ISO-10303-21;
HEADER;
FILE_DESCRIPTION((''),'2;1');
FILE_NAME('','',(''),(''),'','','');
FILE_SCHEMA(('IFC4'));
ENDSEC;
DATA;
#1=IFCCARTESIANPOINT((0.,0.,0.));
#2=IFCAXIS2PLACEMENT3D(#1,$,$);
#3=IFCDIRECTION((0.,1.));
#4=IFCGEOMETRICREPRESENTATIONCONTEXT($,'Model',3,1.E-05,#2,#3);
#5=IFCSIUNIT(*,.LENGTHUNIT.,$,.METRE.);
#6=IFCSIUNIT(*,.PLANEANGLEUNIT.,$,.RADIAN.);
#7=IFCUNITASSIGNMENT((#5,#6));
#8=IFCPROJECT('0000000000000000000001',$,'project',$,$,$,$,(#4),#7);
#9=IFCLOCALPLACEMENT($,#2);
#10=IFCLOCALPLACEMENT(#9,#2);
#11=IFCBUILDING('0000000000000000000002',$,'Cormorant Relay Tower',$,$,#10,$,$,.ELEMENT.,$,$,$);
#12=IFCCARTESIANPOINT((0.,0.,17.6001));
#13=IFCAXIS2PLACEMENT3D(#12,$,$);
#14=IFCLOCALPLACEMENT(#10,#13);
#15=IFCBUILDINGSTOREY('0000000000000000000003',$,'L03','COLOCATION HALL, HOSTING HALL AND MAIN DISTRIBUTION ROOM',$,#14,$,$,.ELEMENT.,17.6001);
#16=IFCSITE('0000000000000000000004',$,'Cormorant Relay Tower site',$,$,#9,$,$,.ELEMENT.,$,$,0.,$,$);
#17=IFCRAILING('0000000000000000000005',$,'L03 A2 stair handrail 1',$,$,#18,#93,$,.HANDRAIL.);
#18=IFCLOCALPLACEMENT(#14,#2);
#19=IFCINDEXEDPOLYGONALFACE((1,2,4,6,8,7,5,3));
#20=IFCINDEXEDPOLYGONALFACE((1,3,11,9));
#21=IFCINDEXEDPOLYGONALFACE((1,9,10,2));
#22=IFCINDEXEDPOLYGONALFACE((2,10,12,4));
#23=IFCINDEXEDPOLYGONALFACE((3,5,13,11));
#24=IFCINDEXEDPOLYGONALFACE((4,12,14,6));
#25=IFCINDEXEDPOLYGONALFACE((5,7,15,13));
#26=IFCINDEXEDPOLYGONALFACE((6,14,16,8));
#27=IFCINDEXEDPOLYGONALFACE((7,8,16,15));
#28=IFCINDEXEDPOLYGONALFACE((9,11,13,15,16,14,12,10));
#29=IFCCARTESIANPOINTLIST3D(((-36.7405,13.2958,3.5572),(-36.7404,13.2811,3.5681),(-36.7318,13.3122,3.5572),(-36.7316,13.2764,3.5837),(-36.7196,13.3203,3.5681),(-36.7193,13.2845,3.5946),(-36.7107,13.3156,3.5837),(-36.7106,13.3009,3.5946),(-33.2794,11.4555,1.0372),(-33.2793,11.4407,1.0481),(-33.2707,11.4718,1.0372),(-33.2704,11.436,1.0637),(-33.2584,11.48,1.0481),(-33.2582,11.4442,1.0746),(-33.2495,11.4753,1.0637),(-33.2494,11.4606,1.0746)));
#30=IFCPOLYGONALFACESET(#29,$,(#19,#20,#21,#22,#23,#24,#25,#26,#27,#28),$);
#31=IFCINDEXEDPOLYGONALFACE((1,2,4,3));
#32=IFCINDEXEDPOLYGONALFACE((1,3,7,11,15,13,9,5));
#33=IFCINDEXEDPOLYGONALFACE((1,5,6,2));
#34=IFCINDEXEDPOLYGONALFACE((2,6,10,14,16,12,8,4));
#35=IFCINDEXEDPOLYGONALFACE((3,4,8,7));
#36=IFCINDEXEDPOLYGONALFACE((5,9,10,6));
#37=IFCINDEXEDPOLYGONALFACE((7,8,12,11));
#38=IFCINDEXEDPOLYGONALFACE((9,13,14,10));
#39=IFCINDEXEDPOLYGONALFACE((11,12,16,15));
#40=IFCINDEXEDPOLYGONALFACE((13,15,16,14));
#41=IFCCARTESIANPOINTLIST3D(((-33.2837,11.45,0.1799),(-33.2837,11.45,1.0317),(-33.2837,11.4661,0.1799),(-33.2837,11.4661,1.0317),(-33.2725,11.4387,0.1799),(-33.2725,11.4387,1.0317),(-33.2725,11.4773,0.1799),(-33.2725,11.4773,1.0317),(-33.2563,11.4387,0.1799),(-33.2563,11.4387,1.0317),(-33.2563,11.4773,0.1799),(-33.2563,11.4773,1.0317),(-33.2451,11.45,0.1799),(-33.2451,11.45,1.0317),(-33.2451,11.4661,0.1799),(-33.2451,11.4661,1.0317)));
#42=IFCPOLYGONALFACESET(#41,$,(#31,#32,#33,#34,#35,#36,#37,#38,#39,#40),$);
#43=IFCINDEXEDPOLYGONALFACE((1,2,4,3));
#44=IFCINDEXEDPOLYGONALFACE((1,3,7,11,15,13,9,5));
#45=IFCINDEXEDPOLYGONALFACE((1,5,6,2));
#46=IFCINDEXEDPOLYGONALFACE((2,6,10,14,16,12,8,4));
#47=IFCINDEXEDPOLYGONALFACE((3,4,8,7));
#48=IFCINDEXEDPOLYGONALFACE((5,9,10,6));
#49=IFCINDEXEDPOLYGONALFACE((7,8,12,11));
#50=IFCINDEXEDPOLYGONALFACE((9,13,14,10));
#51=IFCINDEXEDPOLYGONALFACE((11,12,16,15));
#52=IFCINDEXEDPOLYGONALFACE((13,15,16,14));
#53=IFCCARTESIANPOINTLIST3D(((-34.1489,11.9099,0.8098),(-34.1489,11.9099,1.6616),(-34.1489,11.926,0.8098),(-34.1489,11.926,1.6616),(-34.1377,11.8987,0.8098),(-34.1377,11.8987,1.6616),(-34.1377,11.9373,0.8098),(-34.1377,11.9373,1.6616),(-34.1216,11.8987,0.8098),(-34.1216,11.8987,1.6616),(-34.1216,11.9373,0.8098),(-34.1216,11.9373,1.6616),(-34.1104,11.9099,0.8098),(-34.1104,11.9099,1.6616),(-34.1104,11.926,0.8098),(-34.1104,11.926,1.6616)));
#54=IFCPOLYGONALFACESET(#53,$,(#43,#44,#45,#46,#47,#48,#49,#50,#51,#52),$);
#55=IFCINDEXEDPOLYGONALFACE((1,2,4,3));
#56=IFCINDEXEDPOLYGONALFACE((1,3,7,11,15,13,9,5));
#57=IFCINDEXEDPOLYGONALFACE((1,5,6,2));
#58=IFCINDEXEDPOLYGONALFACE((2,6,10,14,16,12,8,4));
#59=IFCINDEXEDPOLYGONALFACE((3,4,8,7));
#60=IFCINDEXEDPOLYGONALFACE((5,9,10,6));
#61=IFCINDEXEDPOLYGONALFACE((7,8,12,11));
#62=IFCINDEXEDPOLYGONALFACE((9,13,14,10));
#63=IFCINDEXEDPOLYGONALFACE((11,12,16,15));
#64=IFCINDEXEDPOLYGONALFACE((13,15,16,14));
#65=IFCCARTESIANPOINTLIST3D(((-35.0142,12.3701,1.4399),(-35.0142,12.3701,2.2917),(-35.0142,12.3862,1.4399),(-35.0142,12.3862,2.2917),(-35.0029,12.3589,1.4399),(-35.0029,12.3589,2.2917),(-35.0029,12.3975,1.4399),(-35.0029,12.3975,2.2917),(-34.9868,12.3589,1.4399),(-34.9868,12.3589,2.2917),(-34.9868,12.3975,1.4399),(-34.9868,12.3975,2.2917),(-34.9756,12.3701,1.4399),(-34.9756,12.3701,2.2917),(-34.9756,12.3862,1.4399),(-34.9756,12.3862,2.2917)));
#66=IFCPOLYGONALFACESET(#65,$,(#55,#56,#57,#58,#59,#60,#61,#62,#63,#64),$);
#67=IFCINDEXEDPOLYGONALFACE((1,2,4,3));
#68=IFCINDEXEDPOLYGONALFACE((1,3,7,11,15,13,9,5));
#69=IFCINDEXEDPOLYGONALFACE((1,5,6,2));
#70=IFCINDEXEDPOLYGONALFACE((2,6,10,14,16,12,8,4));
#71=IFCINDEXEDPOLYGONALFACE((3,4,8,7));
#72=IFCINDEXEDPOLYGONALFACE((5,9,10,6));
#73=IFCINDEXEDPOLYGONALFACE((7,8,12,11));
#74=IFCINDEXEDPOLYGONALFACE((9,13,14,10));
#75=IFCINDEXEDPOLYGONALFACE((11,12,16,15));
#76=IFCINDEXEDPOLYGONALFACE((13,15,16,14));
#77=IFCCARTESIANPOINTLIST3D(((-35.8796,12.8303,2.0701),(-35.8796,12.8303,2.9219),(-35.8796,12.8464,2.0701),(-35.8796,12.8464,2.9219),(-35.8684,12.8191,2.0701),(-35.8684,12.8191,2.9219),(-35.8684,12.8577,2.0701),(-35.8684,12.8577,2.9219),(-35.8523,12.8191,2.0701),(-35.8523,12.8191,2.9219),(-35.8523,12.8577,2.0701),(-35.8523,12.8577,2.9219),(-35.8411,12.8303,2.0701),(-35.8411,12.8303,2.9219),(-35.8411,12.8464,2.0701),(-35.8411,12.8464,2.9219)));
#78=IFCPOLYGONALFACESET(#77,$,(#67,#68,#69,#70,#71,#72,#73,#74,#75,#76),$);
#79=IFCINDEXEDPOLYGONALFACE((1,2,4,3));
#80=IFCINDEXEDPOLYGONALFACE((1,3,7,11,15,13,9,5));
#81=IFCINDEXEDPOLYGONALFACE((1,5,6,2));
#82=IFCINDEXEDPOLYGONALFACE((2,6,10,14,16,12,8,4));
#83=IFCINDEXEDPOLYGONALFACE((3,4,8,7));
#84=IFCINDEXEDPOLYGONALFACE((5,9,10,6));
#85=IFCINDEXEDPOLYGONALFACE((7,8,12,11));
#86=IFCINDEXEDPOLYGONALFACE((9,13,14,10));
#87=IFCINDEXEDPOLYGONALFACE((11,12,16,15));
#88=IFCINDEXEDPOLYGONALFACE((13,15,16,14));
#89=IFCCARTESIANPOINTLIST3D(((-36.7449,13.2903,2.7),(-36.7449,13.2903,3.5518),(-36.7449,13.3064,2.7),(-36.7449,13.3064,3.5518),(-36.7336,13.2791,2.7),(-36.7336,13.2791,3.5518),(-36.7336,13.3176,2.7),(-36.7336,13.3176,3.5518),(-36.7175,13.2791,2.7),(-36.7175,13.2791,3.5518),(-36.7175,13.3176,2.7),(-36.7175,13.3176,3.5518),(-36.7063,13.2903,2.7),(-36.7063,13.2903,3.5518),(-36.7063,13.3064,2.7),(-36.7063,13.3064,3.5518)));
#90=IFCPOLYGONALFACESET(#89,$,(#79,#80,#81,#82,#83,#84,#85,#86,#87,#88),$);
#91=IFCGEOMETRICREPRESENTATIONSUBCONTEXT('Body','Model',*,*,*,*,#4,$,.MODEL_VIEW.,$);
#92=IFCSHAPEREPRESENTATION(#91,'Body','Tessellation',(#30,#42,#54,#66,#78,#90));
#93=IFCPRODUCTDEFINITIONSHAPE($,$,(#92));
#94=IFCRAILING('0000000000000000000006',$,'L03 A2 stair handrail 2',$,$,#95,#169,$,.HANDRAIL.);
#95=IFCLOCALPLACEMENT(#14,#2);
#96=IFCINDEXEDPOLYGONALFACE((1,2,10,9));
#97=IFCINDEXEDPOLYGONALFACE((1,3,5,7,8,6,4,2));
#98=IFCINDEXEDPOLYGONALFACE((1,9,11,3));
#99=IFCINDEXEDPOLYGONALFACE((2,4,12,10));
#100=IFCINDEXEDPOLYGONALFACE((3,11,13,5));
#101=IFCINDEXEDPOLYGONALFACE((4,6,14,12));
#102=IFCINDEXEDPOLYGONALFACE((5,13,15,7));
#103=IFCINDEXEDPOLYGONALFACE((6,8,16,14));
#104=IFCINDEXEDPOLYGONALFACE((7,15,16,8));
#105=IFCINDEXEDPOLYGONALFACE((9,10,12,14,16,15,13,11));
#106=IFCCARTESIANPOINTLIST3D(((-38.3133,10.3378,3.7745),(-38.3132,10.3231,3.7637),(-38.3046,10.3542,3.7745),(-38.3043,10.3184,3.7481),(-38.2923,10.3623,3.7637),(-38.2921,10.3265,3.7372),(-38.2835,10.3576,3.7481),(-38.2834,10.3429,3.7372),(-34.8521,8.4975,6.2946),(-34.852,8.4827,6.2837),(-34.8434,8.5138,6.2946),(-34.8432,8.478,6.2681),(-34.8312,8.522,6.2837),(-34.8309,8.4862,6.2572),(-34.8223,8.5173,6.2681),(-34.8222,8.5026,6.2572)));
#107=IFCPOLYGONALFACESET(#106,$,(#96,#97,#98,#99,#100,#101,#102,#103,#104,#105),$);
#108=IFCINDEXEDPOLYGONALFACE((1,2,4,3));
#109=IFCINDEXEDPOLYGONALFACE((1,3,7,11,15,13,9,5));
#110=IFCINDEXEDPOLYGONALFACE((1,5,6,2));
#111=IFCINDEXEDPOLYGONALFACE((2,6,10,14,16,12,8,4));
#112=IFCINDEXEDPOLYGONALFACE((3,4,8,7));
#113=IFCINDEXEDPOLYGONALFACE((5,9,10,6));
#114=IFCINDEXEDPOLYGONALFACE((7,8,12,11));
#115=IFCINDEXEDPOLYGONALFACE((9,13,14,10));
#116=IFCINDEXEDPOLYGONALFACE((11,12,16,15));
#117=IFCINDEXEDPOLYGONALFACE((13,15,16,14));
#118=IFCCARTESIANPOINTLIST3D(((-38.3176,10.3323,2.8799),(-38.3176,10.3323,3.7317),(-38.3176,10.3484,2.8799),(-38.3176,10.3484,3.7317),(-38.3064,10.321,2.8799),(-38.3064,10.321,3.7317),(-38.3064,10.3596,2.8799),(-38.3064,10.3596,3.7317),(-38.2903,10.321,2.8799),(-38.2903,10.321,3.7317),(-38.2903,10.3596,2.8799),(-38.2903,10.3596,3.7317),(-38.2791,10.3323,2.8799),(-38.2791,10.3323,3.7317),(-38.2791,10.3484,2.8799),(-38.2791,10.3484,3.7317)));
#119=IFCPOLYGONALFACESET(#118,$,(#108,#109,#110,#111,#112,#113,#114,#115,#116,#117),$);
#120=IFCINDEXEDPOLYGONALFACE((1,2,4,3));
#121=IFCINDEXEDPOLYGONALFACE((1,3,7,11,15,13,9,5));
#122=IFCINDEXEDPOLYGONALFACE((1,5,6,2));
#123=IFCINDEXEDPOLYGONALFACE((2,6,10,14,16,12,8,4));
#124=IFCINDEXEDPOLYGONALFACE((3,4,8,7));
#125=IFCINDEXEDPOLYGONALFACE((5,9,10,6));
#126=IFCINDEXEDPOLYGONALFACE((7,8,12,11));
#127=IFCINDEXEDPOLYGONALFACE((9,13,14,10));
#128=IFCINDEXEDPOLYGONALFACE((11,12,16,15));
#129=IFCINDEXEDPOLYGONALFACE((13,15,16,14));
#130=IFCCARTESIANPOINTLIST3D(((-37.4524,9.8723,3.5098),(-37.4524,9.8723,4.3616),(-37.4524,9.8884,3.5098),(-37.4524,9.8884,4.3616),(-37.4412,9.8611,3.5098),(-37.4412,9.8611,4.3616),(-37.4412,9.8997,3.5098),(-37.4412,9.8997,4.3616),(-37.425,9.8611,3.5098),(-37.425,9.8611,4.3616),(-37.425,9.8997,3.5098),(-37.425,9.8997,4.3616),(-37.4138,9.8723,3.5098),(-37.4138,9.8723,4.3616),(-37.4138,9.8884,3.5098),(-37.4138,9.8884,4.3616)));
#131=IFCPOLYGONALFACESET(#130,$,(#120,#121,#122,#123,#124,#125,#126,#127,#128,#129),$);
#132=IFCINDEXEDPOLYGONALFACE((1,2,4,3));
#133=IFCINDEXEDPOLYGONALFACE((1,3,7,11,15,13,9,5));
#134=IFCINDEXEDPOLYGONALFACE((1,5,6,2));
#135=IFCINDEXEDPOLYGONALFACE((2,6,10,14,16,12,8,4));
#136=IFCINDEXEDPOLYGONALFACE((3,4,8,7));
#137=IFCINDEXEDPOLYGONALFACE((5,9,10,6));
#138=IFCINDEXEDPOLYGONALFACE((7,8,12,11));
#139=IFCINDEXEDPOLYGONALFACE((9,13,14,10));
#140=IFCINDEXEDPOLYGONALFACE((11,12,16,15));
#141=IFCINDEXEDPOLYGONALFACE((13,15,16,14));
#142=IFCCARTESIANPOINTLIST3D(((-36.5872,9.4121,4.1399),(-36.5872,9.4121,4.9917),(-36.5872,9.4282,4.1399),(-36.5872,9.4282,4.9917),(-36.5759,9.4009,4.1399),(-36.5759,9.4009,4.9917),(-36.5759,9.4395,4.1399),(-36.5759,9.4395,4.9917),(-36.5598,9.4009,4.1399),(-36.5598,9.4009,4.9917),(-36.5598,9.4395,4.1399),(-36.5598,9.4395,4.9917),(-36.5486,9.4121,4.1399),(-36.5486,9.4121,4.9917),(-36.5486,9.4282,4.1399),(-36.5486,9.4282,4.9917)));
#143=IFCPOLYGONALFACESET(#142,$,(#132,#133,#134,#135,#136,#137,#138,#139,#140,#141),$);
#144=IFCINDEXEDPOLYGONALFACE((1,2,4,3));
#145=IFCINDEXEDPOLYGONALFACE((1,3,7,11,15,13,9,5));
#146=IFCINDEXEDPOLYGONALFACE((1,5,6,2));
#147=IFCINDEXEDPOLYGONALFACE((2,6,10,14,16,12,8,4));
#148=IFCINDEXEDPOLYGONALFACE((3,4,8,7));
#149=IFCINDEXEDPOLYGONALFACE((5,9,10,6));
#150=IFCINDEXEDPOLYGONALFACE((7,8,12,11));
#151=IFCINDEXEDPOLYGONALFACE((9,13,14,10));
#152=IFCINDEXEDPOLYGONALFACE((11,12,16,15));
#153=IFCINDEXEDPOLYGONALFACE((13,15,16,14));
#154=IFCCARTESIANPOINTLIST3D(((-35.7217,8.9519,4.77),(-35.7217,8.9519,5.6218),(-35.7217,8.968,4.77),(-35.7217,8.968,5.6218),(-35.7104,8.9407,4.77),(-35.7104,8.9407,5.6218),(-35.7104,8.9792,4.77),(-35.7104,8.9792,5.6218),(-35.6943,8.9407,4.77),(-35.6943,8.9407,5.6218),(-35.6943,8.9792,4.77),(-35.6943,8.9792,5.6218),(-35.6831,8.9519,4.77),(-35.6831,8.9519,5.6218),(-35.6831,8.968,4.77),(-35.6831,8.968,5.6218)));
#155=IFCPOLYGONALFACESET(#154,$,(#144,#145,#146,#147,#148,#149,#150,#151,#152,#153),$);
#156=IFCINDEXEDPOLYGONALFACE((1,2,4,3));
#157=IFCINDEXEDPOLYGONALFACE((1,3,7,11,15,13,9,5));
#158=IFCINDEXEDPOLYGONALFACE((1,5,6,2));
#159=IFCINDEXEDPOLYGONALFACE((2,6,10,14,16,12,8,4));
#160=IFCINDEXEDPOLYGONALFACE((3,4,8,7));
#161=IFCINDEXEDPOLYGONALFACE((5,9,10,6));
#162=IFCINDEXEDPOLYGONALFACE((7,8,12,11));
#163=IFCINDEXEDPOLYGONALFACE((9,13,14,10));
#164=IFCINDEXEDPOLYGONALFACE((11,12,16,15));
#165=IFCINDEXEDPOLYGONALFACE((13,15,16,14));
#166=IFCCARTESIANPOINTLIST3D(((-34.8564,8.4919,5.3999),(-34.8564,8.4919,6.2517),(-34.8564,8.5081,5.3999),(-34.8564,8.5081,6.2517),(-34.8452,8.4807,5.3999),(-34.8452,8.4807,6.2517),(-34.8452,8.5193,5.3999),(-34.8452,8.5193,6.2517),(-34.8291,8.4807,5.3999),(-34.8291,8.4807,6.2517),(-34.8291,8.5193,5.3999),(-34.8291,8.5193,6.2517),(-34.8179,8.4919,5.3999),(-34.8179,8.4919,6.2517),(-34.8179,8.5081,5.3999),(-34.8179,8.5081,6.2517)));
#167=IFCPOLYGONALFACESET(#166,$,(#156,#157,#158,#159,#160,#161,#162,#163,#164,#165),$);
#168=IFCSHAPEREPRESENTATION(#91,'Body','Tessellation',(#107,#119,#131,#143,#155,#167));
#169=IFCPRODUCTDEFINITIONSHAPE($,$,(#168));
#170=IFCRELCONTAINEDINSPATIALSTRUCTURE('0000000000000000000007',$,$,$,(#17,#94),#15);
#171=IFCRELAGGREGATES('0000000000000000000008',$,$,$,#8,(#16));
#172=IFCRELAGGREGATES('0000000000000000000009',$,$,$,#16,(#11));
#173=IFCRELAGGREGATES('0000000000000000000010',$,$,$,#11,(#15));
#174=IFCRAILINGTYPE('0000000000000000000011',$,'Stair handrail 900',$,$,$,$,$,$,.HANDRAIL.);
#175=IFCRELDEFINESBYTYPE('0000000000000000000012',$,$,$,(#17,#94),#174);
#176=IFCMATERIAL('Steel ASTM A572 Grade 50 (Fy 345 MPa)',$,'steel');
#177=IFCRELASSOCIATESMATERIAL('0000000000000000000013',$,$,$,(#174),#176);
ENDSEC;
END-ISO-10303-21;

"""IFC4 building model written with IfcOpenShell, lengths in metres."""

from ifc_helpers import new_model, si_unit, direction, frame, origin, place, context, subcontext, project, spatial, polyline, outline, extrude, material, type_object, element, save


model = new_model("IFC4")

# Units and contexts
model_context = context("Model", 3, precision=1e-05, world=origin(), true_north=direction((0.0, 1.0)))
body_context = subcontext(model_context, "Body", "Model", "MODEL_VIEW")
ifc_project = project(units=[si_unit("LENGTHUNIT", "METRE"), si_unit("PLANEANGLEUNIT", "RADIAN")], contexts=[model_context])

# Site, building, storey
site_placement = place(None, origin())
site = spatial("IfcSite", under=ifc_project, at=site_placement, Name="Cormorant Relay Tower site", CompositionType="ELEMENT", RefElevation=0.0)
building_placement = place(site_placement, origin())
building = spatial("IfcBuilding", under=site, at=building_placement, Name="Cormorant Relay Tower", CompositionType="ELEMENT")
storey_placement = place(building_placement, frame((0.0, 0.0, 17.6001)))
storey = spatial("IfcBuildingStorey", under=building, at=storey_placement, Name="L03", Description="COLOCATION HALL, HOSTING HALL AND MAIN DISTRIBUTION ROOM", CompositionType="ELEMENT", Elevation=17.6001)

# Railings
ifc_material_1 = material(Name="Steel ASTM A572 Grade 50 (Fy 345 MPa)", Category="steel")
railing_type_1 = type_object("IfcRailingType", Name="Stair handrail 900", PredefinedType="HANDRAIL", material=ifc_material_1)
railing_1_placement = place(storey_placement, frame((-33.2644, 11.458, 0.1799)))
element("IfcRailing", 1, at=railing_1_placement, inside=storey, type_object=railing_type_1, Name="L03 A2 stair handrail 1", PredefinedType="HANDRAIL", context=body_context, shape_type="SweptSolid", body=[
    extrude(outline(polyline([(0.0222, 0.0093), (0.0093, 0.0222), (-0.0093, 0.0222), (-0.0222, 0.0093), (-0.0222, -0.0093), (-0.0093, -0.0222), (0.0093, -0.0222), (0.0222, -0.0093), (0.0222, 0.0093)])), frame((0.0, 0.0, 0.876), z_axis=(-0.742717, 0.394907, 0.540758), x_axis=(-0.469469, -0.882949, 0.0)), (0.0, 0.0, 1.0), 4.6602),
    extrude(outline(polyline([(0.0193, 0.0081), (0.0081, 0.0193), (-0.0081, 0.0193), (-0.0193, 0.0081), (-0.0193, -0.0081), (-0.0081, -0.0193), (0.0081, -0.0193), (0.0193, -0.0081), (0.0193, 0.0081)])), origin(), (0.0, 0.0, 1.0), 0.8518),
    extrude(outline(polyline([(0.0193, 0.0081), (0.0081, 0.0193), (-0.0081, 0.0193), (-0.0193, 0.0081), (-0.0193, -0.0081), (-0.0081, -0.0193), (0.0081, -0.0193), (0.0193, -0.0081), (0.0193, 0.0081)])), frame((-0.8652, 0.46, 0.6299)), (0.0, 0.0, 1.0), 0.8518),
    extrude(outline(polyline([(0.0193, 0.0081), (0.0081, 0.0193), (-0.0081, 0.0193), (-0.0193, 0.0081), (-0.0193, -0.0081), (-0.0081, -0.0193), (0.0081, -0.0193), (0.0193, -0.0081), (0.0193, 0.0081)])), frame((-1.7305, 0.9202, 1.26)), (0.0, 0.0, 1.0), 0.8518),
    extrude(outline(polyline([(0.0193, 0.0081), (0.0081, 0.0193), (-0.0081, 0.0193), (-0.0193, 0.0081), (-0.0193, -0.0081), (-0.0081, -0.0193), (0.0081, -0.0193), (0.0193, -0.0081), (0.0193, 0.0081)])), frame((-2.5959, 1.3804, 1.8901)), (0.0, 0.0, 1.0), 0.8518),
    extrude(outline(polyline([(0.0193, 0.0081), (0.0081, 0.0193), (-0.0081, 0.0193), (-0.0193, 0.0081), (-0.0193, -0.0081), (-0.0081, -0.0193), (0.0081, -0.0193), (0.0193, -0.0081), (0.0193, 0.0081)])), frame((-3.4612, 1.8403, 2.52)), (0.0, 0.0, 1.0), 0.8518),
])
railing_2_placement = place(storey_placement, frame((-38.2983, 10.3403, 2.8799)))
element("IfcRailing", 2, at=railing_2_placement, inside=storey, type_object=railing_type_1, Name="L03 A2 stair handrail 2", PredefinedType="HANDRAIL", context=body_context, shape_type="SweptSolid", body=[
    extrude(outline(polyline([(0.0222, 0.0093), (0.0093, 0.0222), (-0.0093, 0.0222), (-0.0222, 0.0093), (-0.0222, -0.0093), (-0.0093, -0.0222), (0.0093, -0.0222), (0.0222, -0.0093), (0.0222, 0.0093)])), frame((0.0, 0.0, 0.876), z_axis=(0.742717, -0.394907, 0.540758), x_axis=(0.469469, 0.882949, 0.0)), (0.0, 0.0, 1.0), 4.6602),
    extrude(outline(polyline([(0.0193, 0.0081), (0.0081, 0.0193), (-0.0081, 0.0193), (-0.0193, 0.0081), (-0.0193, -0.0081), (-0.0081, -0.0193), (0.0081, -0.0193), (0.0193, -0.0081), (0.0193, 0.0081)])), origin(), (0.0, 0.0, 1.0), 0.8518),
    extrude(outline(polyline([(0.0193, 0.0081), (0.0081, 0.0193), (-0.0081, 0.0193), (-0.0193, 0.0081), (-0.0193, -0.0081), (-0.0081, -0.0193), (0.0081, -0.0193), (0.0193, -0.0081), (0.0193, 0.0081)])), frame((0.8652, -0.46, 0.6299)), (0.0, 0.0, 1.0), 0.8518),
    extrude(outline(polyline([(0.0193, 0.0081), (0.0081, 0.0193), (-0.0081, 0.0193), (-0.0193, 0.0081), (-0.0193, -0.0081), (-0.0081, -0.0193), (0.0081, -0.0193), (0.0193, -0.0081), (0.0193, 0.0081)])), frame((1.7305, -0.9202, 1.26)), (0.0, 0.0, 1.0), 0.8518),
    extrude(outline(polyline([(0.0193, 0.0081), (0.0081, 0.0193), (-0.0081, 0.0193), (-0.0193, 0.0081), (-0.0193, -0.0081), (-0.0081, -0.0193), (0.0081, -0.0193), (0.0193, -0.0081), (0.0193, 0.0081)])), frame((2.5959, -1.3804, 1.8901)), (0.0, 0.0, 1.0), 0.8518),
    extrude(outline(polyline([(0.0193, 0.0081), (0.0081, 0.0193), (-0.0081, 0.0193), (-0.0193, 0.0081), (-0.0193, -0.0081), (-0.0081, -0.0193), (0.0081, -0.0193), (0.0193, -0.0081), (0.0193, 0.0081)])), frame((3.4612, -1.8403, 2.52)), (0.0, 0.0, 1.0), 0.8518),
])

save(model, "model.ifc")
